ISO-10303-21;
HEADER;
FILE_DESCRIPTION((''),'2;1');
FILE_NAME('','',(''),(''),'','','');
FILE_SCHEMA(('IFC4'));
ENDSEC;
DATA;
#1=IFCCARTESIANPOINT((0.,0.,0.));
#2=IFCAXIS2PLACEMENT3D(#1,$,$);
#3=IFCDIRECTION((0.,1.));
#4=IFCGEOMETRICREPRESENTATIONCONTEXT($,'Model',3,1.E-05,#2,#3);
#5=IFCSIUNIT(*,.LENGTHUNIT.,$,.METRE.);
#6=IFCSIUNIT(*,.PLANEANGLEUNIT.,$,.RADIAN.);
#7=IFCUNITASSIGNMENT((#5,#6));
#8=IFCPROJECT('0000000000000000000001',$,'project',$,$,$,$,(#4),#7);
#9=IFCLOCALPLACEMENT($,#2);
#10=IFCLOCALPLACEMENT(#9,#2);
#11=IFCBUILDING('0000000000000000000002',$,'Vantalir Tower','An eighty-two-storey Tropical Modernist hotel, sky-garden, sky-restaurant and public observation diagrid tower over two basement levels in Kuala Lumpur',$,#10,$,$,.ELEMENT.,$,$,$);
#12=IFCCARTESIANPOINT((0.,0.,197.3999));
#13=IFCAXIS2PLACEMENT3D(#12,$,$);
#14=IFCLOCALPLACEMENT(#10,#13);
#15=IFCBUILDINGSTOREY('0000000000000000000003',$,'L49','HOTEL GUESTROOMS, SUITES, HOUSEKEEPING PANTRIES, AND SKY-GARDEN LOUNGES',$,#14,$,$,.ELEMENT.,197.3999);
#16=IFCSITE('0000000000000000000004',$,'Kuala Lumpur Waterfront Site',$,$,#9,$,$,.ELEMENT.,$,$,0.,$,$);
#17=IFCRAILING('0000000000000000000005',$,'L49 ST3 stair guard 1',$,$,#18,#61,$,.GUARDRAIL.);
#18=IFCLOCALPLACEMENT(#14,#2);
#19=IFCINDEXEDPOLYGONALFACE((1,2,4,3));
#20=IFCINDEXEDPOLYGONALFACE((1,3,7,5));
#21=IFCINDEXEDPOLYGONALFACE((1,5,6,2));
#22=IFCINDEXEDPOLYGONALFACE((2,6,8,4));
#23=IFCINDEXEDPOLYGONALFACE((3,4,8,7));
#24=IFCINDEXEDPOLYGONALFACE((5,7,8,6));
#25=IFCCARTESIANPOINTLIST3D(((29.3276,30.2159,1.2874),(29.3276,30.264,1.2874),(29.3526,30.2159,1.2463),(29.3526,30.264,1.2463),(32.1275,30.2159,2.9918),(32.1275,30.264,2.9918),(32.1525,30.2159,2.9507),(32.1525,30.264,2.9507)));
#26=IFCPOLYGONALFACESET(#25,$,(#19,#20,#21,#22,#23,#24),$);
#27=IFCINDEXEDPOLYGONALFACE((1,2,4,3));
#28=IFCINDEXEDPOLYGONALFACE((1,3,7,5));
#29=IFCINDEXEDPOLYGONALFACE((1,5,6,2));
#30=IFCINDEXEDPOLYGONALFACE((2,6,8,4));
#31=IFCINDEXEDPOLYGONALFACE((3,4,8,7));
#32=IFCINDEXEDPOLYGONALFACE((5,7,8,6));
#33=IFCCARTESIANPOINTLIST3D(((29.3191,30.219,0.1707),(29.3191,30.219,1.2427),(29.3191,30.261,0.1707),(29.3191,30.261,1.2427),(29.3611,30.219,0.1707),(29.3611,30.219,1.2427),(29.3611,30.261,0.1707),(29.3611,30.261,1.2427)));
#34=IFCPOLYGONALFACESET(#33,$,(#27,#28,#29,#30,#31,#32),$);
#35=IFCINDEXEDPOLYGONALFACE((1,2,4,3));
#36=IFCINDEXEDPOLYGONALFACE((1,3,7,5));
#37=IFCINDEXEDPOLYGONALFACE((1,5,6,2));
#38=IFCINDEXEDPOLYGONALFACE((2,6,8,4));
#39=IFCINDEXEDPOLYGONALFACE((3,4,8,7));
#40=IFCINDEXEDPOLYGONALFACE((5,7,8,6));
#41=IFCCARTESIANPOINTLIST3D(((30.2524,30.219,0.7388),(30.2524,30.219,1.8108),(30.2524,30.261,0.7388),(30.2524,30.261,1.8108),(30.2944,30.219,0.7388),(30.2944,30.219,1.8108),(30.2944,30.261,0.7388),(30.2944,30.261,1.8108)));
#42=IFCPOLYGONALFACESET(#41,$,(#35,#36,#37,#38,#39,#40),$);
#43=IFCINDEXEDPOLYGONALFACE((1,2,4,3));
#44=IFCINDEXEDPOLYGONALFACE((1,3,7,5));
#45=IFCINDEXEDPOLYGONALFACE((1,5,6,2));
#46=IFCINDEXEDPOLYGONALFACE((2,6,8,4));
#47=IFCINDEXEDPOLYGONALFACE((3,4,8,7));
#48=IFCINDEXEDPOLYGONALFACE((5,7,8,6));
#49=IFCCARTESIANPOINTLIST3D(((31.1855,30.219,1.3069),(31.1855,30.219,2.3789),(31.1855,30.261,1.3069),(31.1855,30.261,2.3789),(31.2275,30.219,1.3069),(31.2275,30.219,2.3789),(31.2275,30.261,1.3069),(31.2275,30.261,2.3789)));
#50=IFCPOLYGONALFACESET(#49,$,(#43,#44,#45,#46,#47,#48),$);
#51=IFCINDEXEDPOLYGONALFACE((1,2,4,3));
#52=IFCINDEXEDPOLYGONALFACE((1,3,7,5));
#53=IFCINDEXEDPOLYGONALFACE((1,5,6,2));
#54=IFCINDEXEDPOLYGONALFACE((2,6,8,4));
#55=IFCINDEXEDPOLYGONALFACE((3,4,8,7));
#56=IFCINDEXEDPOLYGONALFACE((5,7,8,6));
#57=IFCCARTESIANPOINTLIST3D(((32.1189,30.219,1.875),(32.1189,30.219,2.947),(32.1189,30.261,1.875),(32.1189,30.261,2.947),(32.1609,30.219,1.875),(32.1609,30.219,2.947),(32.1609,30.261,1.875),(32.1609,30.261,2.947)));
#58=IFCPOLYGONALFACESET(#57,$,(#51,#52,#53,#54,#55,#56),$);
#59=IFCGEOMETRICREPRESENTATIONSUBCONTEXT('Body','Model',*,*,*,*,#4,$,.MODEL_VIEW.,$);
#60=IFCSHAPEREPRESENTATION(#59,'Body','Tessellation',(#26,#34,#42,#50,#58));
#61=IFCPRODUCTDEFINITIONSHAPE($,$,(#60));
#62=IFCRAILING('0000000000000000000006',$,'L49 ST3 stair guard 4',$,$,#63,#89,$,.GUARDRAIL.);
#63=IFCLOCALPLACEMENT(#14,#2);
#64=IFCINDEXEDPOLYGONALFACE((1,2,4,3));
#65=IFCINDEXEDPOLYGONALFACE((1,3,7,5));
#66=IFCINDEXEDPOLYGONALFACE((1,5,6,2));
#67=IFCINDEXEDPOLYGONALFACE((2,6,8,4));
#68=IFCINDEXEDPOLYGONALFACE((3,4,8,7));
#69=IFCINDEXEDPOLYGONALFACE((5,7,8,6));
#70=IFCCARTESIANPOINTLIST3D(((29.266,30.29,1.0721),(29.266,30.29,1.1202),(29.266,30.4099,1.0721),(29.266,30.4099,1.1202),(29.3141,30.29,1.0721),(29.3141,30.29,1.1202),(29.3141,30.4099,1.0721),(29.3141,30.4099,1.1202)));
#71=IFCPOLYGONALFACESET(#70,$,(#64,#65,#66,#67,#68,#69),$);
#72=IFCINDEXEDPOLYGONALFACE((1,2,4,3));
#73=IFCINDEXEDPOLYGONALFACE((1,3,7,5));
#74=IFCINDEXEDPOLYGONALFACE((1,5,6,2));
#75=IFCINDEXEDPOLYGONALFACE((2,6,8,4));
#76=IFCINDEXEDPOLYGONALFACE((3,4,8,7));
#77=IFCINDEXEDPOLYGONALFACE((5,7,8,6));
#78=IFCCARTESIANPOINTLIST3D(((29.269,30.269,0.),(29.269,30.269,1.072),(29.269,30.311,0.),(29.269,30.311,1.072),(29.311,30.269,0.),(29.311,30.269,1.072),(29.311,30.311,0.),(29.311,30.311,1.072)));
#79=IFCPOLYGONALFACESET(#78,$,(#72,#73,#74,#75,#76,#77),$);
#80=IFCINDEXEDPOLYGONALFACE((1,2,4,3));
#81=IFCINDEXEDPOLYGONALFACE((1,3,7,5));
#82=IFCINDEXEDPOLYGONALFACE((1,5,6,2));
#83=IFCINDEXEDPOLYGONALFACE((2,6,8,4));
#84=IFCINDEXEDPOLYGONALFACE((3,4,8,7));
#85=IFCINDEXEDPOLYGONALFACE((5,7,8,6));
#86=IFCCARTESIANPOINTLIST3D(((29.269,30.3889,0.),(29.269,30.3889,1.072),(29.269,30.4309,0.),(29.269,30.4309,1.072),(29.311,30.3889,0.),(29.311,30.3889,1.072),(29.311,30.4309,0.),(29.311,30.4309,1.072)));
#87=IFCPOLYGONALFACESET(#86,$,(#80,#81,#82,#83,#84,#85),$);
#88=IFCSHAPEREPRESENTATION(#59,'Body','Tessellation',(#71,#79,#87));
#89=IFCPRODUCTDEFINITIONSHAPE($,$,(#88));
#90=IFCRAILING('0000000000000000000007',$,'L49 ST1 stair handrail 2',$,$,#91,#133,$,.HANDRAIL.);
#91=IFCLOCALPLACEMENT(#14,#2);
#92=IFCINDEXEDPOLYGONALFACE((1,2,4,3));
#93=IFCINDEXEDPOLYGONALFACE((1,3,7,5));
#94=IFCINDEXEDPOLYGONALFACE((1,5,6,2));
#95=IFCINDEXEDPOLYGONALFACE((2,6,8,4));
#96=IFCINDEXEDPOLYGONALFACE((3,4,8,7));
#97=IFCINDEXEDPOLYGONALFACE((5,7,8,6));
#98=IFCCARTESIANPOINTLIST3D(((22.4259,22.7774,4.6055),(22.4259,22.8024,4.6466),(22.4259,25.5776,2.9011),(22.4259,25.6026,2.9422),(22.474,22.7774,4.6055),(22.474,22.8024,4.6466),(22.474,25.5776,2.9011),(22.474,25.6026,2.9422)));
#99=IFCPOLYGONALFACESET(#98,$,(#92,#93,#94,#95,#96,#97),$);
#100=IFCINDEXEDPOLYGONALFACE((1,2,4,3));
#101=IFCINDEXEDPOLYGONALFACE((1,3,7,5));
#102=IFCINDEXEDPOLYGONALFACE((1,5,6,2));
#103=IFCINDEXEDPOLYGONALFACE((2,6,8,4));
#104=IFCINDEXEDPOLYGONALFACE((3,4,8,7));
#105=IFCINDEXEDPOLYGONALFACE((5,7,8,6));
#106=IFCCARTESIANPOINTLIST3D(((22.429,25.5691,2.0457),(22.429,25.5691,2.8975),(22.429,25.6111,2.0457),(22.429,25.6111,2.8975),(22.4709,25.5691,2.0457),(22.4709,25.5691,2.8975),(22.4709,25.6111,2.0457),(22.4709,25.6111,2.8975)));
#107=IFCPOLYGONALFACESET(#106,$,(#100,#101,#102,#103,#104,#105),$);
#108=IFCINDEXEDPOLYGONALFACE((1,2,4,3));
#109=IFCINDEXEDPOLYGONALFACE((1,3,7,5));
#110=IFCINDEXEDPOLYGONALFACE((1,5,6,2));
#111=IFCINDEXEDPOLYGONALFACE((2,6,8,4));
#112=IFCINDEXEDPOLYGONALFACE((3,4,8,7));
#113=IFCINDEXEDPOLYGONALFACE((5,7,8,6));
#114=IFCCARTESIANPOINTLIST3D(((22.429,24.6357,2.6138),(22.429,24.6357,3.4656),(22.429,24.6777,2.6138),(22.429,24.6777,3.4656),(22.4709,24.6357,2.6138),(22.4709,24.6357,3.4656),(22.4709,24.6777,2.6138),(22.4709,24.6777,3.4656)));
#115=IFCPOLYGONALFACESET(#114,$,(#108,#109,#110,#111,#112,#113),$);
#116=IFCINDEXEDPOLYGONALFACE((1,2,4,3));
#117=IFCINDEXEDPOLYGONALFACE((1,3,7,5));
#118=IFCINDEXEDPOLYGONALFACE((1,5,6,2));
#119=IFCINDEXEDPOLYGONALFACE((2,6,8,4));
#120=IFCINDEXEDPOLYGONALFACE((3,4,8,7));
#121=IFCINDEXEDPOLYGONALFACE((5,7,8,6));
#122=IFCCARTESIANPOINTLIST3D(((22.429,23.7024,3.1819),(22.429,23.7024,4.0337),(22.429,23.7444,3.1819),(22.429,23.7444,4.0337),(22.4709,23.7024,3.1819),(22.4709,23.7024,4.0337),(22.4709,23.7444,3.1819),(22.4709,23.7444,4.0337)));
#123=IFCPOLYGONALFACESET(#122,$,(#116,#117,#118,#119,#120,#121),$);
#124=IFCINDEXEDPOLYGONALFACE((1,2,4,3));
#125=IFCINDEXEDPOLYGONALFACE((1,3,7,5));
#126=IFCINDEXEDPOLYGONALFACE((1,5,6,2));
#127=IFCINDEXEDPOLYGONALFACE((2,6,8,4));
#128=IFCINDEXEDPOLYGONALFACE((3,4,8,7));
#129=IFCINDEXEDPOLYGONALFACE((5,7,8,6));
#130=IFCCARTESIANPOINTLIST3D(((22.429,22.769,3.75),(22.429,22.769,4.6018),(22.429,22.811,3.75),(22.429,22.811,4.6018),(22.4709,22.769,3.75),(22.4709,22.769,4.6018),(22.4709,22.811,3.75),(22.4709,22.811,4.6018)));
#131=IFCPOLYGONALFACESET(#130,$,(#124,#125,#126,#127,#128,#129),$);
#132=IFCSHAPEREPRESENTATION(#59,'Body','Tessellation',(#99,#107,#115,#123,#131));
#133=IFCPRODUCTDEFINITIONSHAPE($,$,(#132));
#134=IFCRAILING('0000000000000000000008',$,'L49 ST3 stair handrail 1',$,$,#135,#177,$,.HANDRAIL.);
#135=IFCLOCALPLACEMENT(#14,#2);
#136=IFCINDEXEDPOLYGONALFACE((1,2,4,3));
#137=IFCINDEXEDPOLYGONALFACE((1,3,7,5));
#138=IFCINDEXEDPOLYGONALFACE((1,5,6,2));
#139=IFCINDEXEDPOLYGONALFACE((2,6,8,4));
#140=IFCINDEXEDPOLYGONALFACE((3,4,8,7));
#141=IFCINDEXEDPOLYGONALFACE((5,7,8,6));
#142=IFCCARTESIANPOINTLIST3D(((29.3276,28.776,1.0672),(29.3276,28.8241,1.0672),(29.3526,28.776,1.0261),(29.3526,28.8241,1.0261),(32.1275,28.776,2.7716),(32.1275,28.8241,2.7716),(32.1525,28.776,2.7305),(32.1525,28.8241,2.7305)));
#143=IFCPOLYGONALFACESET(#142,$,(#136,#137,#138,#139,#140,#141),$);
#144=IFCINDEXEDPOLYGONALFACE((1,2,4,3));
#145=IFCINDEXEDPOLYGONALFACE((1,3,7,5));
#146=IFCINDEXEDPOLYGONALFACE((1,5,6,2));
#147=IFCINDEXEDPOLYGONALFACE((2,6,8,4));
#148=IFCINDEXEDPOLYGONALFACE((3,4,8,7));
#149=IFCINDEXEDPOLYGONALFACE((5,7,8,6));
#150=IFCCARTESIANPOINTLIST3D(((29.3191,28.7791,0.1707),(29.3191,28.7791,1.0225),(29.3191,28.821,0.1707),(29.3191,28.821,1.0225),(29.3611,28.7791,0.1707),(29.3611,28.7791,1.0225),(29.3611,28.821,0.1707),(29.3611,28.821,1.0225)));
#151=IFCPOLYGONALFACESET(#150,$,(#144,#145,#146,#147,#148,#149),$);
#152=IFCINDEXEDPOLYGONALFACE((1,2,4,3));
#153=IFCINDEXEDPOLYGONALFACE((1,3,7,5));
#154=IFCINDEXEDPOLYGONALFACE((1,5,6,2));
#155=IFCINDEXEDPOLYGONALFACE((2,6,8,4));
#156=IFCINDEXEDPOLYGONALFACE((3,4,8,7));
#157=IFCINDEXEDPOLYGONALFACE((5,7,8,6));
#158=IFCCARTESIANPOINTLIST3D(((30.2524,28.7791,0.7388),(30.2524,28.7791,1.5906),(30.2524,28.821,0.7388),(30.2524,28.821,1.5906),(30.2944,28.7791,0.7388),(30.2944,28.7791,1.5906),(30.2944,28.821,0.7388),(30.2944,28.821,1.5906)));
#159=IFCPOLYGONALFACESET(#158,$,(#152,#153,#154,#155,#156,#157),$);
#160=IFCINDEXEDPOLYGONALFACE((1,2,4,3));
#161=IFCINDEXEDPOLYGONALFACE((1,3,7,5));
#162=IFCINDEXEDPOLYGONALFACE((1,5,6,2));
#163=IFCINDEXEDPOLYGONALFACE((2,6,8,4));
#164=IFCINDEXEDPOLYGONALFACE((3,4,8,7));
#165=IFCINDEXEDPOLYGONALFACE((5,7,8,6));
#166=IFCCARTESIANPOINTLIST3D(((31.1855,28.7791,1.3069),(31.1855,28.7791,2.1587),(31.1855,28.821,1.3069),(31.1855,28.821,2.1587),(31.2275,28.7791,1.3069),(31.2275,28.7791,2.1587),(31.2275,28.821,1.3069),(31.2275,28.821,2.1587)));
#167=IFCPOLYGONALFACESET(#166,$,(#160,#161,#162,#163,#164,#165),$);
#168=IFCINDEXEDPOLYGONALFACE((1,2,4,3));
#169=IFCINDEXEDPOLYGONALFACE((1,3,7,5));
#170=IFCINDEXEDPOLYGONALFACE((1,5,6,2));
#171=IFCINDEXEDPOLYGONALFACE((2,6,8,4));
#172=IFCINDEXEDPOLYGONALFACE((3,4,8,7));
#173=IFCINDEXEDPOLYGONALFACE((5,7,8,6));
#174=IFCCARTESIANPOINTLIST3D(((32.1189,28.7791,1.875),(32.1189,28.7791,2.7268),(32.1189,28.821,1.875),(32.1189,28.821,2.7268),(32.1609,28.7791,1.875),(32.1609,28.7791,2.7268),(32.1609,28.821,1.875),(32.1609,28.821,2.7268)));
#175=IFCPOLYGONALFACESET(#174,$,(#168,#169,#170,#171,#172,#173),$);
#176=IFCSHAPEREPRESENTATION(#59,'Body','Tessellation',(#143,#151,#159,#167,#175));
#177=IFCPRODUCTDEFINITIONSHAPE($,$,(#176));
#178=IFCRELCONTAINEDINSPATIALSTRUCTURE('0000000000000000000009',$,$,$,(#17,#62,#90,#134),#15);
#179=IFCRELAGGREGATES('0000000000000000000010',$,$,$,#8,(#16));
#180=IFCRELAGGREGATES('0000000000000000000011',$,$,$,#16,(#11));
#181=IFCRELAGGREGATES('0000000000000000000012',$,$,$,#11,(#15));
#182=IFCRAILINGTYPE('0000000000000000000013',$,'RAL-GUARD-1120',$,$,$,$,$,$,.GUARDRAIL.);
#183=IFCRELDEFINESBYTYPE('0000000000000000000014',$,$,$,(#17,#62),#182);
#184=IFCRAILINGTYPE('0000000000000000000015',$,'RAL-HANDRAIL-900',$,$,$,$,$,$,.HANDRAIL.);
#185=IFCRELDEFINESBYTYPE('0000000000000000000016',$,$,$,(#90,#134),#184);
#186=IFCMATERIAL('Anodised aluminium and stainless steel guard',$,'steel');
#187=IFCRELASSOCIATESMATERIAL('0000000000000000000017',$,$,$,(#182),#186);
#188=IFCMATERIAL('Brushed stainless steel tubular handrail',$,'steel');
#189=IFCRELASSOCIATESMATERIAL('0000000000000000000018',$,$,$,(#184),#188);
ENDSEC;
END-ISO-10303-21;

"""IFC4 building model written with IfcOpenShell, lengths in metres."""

from ifc_helpers import new_model, si_unit, direction, frame, origin, origin_2d, place, context, subcontext, project, spatial, rectangle, extrude, material, type_object, element, save


model = new_model("IFC4")

# Units and contexts
model_context = context("Model", 3, precision=1e-05, world=origin(), true_north=direction((0.0, 1.0)))
body_context = subcontext(model_context, "Body", "Model", "MODEL_VIEW")
ifc_project = project(units=[si_unit("LENGTHUNIT", "METRE"), si_unit("PLANEANGLEUNIT", "RADIAN")], contexts=[model_context])

# Site, building, storey
site_placement = place(None, origin())
site = spatial("IfcSite", under=ifc_project, at=site_placement, Name="Kuala Lumpur Waterfront Site", CompositionType="ELEMENT", RefElevation=0.0)
building_placement = place(site_placement, origin())
building = spatial("IfcBuilding", under=site, at=building_placement, Name="Vantalir Tower", Description="An eighty-two-storey Tropical Modernist hotel, sky-garden, sky-restaurant and public observation diagrid tower over two basement levels in Kuala Lumpur", CompositionType="ELEMENT")
storey_placement = place(building_placement, frame((0.0, 0.0, 197.3999)))
storey = spatial("IfcBuildingStorey", under=building, at=storey_placement, Name="L49", Description="HOTEL GUESTROOMS, SUITES, HOUSEKEEPING PANTRIES, AND SKY-GARDEN LOUNGES", CompositionType="ELEMENT", Elevation=197.3999)

# Railings
ifc_material_1 = material(Name="Anodised aluminium and stainless steel guard", Category="steel")
railing_type_1 = type_object("IfcRailingType", Name="RAL-GUARD-1120", PredefinedType="GUARDRAIL", material=ifc_material_1)
railing_1_placement = place(storey_placement, frame((29.3401, 30.24, 0.1707)))
element("IfcRailing", 1, at=railing_1_placement, inside=storey, type_object=railing_type_1, Name="L49 ST3 stair guard 1", PredefinedType="GUARDRAIL", context=body_context, shape_type="SweptSolid", body=[
    extrude(rectangle(XDim=0.0481, YDim=0.0481, at=origin_2d()), frame((0.0, 0.0, 1.0962), z_axis=(0.854183, 0.0, 0.519973), x_axis=(0.0, 1.0, 0.0)), (0.0, 0.0, 1.0), 3.2778),
    extrude(rectangle(XDim=0.042, YDim=0.042, at=origin_2d()), origin(), (0.0, 0.0, 1.0), 1.072),
    extrude(rectangle(XDim=0.042, YDim=0.042, at=origin_2d()), frame((0.9333, 0.0, 0.5681)), (0.0, 0.0, 1.0), 1.072),
    extrude(rectangle(XDim=0.042, YDim=0.042, at=origin_2d()), frame((1.8665, 0.0, 1.1362)), (0.0, 0.0, 1.0), 1.072),
    extrude(rectangle(XDim=0.042, YDim=0.042, at=origin_2d()), frame((2.7998, 0.0, 1.7043)), (0.0, 0.0, 1.0), 1.072),
])
railing_2_placement = place(storey_placement, frame((29.29, 30.29, 0.0)))
element("IfcRailing", 2, at=railing_2_placement, inside=storey, type_object=railing_type_1, Name="L49 ST3 stair guard 4", PredefinedType="GUARDRAIL", context=body_context, shape_type="SweptSolid", body=[
    extrude(rectangle(XDim=0.0481, YDim=0.0481, at=origin_2d()), frame((0.0, 0.0, 1.0962), z_axis=(0.0, 1.0, 0.0), x_axis=(-1.0, 0.0, 0.0)), (0.0, 0.0, 1.0), 0.1199),
    extrude(rectangle(XDim=0.042, YDim=0.042, at=origin_2d()), origin(), (0.0, 0.0, 1.0), 1.072),
    extrude(rectangle(XDim=0.042, YDim=0.042, at=origin_2d()), frame((0.0, 0.1199, 0.0)), (0.0, 0.0, 1.0), 1.072),
])
ifc_material_2 = material(Name="Brushed stainless steel tubular handrail", Category="steel")
railing_type_2 = type_object("IfcRailingType", Name="RAL-HANDRAIL-900", PredefinedType="HANDRAIL", material=ifc_material_2)
railing_3_placement = place(storey_placement, frame((22.45, 25.5901, 2.0457)))
element("IfcRailing", 3, at=railing_3_placement, inside=storey, type_object=railing_type_2, Name="L49 ST1 stair handrail 2", PredefinedType="HANDRAIL", context=body_context, shape_type="SweptSolid", body=[
    extrude(rectangle(XDim=0.0481, YDim=0.0481, at=origin_2d()), frame((0.0, 0.0, 0.876), z_axis=(0.0, -0.854203, 0.51994), x_axis=(1.0, 0.0, 0.0)), (0.0, 0.0, 1.0), 3.2781),
    extrude(rectangle(XDim=0.042, YDim=0.042, at=origin_2d()), origin(), (0.0, 0.0, 1.0), 0.8518),
    extrude(rectangle(XDim=0.042, YDim=0.042, at=origin_2d()), frame((0.0, -0.9333, 0.5681)), (0.0, 0.0, 1.0), 0.8518),
    extrude(rectangle(XDim=0.042, YDim=0.042, at=origin_2d()), frame((0.0, -1.8667, 1.1362)), (0.0, 0.0, 1.0), 0.8518),
    extrude(rectangle(XDim=0.042, YDim=0.042, at=origin_2d()), frame((0.0, -2.8, 1.7043)), (0.0, 0.0, 1.0), 0.8518),
])
railing_4_placement = place(storey_placement, frame((29.3401, 28.8, 0.1707)))
element("IfcRailing", 4, at=railing_4_placement, inside=storey, type_object=railing_type_2, Name="L49 ST3 stair handrail 1", PredefinedType="HANDRAIL", context=body_context, shape_type="SweptSolid", body=[
    extrude(rectangle(XDim=0.0481, YDim=0.0481, at=origin_2d()), frame((0.0, 0.0, 0.876), z_axis=(0.854183, 0.0, 0.519973), x_axis=(0.0, 1.0, 0.0)), (0.0, 0.0, 1.0), 3.2778),
    extrude(rectangle(XDim=0.042, YDim=0.042, at=origin_2d()), origin(), (0.0, 0.0, 1.0), 0.8518),
    extrude(rectangle(XDim=0.042, YDim=0.042, at=origin_2d()), frame((0.9333, 0.0, 0.5681)), (0.0, 0.0, 1.0), 0.8518),
    extrude(rectangle(XDim=0.042, YDim=0.042, at=origin_2d()), frame((1.8665, 0.0, 1.1362)), (0.0, 0.0, 1.0), 0.8518),
    extrude(rectangle(XDim=0.042, YDim=0.042, at=origin_2d()), frame((2.7998, 0.0, 1.7043)), (0.0, 0.0, 1.0), 0.8518),
])

save(model, "model.ifc")
